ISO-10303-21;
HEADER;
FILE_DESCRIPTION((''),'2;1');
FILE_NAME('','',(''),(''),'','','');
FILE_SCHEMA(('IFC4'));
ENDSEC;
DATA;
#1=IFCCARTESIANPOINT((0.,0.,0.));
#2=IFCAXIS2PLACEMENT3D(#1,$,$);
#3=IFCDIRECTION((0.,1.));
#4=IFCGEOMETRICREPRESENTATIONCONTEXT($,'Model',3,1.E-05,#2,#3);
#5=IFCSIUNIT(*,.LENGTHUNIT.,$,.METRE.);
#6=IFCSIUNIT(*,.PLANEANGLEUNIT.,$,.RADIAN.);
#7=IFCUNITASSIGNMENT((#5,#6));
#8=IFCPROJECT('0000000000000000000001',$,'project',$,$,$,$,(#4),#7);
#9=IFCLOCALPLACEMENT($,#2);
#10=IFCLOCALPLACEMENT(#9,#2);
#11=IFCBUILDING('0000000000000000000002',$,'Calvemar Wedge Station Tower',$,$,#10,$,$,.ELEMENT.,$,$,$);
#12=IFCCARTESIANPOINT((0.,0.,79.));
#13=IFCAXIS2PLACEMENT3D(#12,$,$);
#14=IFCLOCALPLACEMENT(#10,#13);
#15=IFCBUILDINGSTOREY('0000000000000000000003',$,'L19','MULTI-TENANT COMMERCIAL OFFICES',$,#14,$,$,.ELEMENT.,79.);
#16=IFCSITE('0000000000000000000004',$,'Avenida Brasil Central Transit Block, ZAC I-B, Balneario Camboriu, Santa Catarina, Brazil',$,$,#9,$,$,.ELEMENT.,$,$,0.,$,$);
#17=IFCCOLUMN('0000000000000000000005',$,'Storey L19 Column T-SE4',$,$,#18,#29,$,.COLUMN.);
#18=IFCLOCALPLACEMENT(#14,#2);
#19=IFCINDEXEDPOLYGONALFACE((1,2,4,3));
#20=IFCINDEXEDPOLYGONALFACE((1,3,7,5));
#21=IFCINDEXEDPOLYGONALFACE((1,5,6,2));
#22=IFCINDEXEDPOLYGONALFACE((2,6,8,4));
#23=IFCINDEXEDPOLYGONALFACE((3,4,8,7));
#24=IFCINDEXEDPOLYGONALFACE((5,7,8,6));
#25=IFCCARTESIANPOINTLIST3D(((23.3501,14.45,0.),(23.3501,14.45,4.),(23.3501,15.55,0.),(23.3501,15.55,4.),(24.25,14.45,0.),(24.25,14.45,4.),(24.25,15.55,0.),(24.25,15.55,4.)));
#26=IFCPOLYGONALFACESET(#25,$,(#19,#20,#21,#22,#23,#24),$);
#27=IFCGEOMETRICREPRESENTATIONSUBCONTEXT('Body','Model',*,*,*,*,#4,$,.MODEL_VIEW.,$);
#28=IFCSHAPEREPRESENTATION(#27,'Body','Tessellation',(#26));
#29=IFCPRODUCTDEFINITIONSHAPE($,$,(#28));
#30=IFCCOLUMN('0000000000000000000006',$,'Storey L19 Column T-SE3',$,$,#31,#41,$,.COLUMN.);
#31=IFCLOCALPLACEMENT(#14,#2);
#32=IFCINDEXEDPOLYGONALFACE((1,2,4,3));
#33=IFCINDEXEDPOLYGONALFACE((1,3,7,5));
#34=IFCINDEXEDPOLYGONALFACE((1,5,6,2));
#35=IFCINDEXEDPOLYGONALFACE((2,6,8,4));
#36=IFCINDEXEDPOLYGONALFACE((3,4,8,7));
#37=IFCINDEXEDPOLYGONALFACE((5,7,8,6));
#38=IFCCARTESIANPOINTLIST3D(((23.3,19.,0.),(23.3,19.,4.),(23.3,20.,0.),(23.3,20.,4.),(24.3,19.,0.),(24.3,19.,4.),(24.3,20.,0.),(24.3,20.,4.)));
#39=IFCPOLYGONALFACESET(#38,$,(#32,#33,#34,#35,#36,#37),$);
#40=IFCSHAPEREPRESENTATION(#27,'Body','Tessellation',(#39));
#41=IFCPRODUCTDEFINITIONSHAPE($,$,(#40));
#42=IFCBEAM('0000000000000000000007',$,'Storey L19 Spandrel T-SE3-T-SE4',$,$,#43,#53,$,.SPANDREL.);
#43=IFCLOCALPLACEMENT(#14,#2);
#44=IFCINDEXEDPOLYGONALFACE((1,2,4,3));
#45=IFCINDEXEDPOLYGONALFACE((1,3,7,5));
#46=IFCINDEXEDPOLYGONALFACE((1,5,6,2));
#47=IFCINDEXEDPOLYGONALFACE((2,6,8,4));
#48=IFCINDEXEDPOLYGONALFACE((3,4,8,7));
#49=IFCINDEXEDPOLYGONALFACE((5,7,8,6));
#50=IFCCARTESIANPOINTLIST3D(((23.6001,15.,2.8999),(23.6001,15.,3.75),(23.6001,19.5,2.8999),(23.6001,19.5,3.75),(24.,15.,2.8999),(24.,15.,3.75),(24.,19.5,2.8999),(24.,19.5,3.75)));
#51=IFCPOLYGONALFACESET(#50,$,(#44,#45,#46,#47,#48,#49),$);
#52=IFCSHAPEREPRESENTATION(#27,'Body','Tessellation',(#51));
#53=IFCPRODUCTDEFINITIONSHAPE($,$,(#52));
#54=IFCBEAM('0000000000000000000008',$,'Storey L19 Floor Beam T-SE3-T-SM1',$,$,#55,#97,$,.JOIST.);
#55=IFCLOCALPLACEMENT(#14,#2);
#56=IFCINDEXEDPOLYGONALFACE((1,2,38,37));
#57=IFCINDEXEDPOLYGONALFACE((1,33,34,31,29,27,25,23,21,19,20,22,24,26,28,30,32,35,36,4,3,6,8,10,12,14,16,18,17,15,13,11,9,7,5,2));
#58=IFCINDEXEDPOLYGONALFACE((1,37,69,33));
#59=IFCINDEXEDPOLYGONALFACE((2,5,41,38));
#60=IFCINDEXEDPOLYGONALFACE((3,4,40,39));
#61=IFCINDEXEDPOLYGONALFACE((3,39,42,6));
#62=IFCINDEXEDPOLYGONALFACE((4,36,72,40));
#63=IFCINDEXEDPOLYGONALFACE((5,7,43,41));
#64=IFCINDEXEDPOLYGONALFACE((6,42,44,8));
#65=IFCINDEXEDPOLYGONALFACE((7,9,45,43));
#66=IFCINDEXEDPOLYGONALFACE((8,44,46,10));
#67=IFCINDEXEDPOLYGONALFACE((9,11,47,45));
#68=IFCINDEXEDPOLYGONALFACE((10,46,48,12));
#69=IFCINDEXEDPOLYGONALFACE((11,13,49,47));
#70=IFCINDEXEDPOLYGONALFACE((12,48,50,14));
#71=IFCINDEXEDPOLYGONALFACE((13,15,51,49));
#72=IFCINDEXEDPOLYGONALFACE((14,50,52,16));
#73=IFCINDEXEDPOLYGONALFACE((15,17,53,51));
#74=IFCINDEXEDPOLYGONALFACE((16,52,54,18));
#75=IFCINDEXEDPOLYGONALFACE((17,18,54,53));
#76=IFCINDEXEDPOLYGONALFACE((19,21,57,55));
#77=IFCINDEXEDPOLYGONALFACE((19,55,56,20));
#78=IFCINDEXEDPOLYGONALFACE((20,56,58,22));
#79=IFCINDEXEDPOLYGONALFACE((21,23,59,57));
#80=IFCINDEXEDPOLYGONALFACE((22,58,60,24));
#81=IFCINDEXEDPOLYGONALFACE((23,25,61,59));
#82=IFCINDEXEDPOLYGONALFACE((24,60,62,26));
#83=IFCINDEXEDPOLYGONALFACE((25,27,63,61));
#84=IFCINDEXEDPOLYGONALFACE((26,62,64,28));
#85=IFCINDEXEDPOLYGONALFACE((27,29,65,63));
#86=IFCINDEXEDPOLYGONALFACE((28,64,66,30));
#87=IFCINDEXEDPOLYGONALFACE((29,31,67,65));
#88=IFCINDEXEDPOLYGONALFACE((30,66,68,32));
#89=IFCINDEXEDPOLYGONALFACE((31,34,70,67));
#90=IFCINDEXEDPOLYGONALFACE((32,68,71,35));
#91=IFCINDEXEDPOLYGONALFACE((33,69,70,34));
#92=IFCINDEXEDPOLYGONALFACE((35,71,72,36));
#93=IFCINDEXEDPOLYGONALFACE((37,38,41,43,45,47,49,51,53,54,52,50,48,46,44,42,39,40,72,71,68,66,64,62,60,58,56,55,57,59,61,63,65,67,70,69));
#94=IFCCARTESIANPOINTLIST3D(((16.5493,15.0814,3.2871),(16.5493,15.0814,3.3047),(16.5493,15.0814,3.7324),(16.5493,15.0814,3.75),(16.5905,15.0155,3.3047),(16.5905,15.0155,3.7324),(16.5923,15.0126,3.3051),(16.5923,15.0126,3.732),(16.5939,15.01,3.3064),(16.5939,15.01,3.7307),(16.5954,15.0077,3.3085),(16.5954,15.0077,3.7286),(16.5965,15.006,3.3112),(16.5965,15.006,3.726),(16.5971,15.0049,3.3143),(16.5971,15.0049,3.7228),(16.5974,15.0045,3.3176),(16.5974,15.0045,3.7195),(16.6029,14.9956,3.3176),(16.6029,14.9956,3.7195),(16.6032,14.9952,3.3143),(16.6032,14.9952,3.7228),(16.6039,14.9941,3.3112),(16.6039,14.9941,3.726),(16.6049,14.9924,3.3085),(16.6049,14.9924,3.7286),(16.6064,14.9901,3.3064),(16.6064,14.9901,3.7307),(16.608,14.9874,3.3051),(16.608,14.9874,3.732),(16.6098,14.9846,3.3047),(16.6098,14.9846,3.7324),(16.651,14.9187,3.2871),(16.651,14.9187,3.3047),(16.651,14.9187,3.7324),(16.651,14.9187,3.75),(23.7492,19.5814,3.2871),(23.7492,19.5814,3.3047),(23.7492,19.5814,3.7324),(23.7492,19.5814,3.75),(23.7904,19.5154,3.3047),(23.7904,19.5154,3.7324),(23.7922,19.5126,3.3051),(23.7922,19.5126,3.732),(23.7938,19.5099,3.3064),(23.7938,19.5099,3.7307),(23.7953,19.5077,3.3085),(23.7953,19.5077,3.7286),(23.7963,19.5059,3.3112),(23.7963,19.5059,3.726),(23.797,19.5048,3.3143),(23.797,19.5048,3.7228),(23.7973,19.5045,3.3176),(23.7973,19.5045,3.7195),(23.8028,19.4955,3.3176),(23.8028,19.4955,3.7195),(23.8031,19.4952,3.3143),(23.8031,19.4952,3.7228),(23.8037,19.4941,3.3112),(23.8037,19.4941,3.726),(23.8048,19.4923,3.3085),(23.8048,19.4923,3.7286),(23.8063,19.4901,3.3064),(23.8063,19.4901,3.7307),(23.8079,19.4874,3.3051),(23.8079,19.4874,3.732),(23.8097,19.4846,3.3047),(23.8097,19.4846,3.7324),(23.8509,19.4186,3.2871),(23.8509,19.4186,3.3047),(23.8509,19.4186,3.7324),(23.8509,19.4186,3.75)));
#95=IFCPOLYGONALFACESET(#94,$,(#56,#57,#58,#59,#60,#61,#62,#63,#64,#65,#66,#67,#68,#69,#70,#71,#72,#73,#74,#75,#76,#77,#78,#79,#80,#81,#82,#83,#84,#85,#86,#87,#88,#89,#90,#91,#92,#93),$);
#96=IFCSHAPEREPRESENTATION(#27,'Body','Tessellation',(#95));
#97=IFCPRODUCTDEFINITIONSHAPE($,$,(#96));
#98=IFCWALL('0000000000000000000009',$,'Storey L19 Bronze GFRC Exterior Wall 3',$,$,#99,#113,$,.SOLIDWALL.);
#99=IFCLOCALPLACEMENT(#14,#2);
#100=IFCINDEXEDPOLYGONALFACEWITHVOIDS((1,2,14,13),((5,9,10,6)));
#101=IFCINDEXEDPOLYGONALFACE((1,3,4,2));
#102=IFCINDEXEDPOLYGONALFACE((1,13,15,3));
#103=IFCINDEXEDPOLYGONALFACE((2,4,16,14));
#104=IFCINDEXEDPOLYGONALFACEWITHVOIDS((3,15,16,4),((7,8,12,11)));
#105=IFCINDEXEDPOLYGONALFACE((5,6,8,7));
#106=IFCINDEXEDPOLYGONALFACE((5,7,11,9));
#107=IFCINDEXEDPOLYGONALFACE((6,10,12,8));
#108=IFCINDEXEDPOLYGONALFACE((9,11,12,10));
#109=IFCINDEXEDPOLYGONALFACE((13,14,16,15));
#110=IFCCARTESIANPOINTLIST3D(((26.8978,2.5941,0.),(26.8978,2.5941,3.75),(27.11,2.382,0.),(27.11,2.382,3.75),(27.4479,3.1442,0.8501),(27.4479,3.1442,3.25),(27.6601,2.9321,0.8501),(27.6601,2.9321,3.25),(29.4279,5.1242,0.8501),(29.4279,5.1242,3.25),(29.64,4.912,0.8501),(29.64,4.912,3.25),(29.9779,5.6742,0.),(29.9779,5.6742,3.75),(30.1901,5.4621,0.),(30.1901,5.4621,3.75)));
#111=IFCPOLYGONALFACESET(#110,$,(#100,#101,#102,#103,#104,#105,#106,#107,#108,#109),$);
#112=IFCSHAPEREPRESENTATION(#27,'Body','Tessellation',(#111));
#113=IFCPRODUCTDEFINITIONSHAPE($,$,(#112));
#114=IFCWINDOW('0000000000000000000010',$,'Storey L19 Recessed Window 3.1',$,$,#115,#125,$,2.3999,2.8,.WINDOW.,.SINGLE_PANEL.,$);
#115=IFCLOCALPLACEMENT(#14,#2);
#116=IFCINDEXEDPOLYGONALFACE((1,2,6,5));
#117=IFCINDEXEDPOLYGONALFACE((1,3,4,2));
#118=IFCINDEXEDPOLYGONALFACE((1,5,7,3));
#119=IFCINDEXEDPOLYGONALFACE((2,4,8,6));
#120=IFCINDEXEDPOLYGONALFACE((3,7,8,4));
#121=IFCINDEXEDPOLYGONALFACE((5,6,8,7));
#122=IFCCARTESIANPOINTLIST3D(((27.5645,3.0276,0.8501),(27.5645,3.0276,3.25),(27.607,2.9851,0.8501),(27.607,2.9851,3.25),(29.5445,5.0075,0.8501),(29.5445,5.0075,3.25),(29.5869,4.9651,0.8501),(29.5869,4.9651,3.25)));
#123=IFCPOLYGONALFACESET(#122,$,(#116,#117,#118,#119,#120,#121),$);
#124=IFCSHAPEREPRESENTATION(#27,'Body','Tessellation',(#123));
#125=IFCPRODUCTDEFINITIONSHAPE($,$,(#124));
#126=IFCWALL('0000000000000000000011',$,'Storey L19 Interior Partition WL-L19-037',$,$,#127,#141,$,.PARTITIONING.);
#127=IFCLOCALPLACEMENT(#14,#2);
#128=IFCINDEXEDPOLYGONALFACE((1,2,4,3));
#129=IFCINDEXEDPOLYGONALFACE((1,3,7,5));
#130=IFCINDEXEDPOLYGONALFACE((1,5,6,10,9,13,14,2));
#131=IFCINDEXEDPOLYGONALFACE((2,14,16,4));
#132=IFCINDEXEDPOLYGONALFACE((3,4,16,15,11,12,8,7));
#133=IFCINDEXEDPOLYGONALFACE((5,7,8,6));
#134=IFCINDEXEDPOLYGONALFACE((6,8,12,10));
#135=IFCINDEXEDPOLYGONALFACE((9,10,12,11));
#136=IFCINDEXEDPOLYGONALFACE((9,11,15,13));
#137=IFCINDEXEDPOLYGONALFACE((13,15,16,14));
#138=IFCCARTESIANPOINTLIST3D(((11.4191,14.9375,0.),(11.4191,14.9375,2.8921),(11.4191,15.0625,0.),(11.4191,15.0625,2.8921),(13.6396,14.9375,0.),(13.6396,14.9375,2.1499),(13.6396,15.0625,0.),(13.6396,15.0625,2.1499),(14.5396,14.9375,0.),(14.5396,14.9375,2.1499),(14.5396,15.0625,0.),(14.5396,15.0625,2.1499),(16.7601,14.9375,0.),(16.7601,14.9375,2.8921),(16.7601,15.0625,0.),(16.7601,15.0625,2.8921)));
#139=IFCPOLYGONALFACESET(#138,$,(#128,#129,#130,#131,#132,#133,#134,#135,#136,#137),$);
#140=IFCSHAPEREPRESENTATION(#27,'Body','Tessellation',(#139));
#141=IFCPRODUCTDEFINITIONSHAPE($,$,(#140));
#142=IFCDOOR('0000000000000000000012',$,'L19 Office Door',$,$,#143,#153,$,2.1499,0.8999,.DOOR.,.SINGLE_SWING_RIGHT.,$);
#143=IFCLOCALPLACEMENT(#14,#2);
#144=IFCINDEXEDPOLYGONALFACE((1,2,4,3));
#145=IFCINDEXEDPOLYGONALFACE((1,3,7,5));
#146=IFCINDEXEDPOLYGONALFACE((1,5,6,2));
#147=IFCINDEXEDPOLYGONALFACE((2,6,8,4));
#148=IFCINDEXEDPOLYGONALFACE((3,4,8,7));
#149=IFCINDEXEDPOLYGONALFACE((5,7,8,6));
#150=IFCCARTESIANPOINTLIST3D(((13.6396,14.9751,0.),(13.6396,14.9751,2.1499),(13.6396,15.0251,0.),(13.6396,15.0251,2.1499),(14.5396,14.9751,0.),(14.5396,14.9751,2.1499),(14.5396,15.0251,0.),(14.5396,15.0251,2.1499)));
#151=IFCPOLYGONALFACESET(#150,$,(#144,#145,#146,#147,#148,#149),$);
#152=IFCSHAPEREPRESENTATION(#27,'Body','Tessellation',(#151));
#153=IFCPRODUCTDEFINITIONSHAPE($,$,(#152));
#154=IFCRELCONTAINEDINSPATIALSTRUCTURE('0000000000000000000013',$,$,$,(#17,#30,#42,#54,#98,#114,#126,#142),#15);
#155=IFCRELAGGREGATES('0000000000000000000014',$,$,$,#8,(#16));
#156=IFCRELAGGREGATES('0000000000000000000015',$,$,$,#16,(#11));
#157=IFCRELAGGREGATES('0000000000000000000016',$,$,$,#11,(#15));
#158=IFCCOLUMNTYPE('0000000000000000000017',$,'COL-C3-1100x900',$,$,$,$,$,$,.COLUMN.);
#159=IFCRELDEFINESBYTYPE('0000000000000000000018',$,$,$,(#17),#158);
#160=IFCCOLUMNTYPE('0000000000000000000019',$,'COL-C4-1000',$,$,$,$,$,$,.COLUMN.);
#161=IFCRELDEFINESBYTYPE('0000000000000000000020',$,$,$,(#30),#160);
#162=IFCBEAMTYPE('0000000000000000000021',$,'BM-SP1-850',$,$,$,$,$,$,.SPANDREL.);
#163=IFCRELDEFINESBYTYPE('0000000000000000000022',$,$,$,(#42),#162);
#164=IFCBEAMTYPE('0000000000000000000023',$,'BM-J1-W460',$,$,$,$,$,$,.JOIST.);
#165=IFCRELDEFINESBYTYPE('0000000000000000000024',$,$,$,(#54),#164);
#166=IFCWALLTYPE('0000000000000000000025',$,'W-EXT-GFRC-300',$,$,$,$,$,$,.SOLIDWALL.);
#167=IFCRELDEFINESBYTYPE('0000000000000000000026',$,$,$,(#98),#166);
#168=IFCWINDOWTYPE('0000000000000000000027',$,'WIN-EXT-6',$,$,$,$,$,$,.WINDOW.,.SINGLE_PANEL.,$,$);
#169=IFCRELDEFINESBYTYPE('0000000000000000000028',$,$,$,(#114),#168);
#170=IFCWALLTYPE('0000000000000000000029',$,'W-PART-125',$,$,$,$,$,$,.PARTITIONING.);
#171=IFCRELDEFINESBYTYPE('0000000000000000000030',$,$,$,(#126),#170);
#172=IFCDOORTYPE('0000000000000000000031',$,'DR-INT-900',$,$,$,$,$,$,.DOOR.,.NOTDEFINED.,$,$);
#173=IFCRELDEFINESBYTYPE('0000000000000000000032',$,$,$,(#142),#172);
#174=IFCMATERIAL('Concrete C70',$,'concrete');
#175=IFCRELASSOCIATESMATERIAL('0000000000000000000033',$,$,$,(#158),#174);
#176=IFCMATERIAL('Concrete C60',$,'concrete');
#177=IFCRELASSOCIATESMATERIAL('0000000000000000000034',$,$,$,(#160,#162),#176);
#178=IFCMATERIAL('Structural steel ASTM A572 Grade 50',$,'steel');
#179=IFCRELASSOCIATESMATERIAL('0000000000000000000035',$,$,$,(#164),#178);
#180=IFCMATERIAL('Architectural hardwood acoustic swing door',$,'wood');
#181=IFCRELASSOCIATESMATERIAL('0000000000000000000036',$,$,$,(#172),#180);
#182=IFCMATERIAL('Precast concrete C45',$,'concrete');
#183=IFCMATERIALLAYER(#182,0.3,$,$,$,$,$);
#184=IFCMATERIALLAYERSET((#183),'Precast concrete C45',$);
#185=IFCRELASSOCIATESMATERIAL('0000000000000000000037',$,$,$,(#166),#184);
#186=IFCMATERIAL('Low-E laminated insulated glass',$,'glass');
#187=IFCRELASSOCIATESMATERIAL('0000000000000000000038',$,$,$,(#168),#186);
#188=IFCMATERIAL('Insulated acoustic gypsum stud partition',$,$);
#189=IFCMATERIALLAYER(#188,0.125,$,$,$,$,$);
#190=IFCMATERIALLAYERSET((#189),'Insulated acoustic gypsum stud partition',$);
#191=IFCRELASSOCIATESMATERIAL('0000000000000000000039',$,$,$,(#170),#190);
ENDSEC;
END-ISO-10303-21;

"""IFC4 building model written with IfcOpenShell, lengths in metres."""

from ifc_helpers import new_model, si_unit, direction, frame, frame_2d, origin, origin_2d, place, context, subcontext, project, spatial, rectangle, i_section, extrude, source, transform, mapped, material, layer, layer_set, material_profile, profile_set, type_object, element, fill, save


model = new_model("IFC4")

# Units and contexts
model_context = context("Model", 3, precision=1e-05, world=origin(), true_north=direction((0.0, 1.0)))
body_context = subcontext(model_context, "Body", "Model", "MODEL_VIEW")
ifc_project = project(units=[si_unit("LENGTHUNIT", "METRE"), si_unit("PLANEANGLEUNIT", "RADIAN")], contexts=[model_context])

# Site, building, storey
site_placement = place(None, origin())
site = spatial("IfcSite", under=ifc_project, at=site_placement, Name="Avenida Brasil Central Transit Block, ZAC I-B, Balneario Camboriu, Santa Catarina, Brazil", CompositionType="ELEMENT", RefElevation=0.0)
building_placement = place(site_placement, origin())
building = spatial("IfcBuilding", under=site, at=building_placement, Name="Calvemar Wedge Station Tower", CompositionType="ELEMENT")
storey_placement = place(building_placement, frame((0.0, 0.0, 79.0)))
storey = spatial("IfcBuildingStorey", under=building, at=storey_placement, Name="L19", Description="MULTI-TENANT COMMERCIAL OFFICES", CompositionType="ELEMENT", Elevation=79.0)

# Columns
ifc_material_1 = material(Name="Concrete C70", Category="concrete")
ifc_material_profile_1 = material_profile(ifc_material_1, rectangle(XDim=0.8999, YDim=1.1001, at=origin_2d()), Name="RC1100x900")
ifc_profile_set_1 = profile_set([ifc_material_profile_1], Name="Concrete C70")
column_type_1 = type_object("IfcColumnType", Name="COL-C3-1100x900", PredefinedType="COLUMN", material=ifc_profile_set_1)
shared_shape_1 = source(origin(), body_context, "Body", "SweptSolid", [
    extrude(rectangle(XDim=0.8999, YDim=1.1001, at=origin_2d()), origin(), (0.0, 0.0, 1.0), 4.0),
])
column_1_placement = place(storey_placement, frame((23.8, 15.0, 0.0), z_axis=(0.0, 0.0, 1.0), x_axis=(1.0, 0.0, 0.0)))
element("IfcColumn", 1, at=column_1_placement, inside=storey, type_object=column_type_1, Name="Storey L19 Column T-SE4", PredefinedType="COLUMN", context=body_context, shape_type="MappedRepresentation", body=[
    mapped(shared_shape_1, transform((0.0, 0.0, 0.0), scale=1.0)),
])
ifc_material_2 = material(Name="Concrete C60", Category="concrete")
ifc_material_profile_2 = material_profile(ifc_material_2, rectangle(XDim=1.0, YDim=1.0, at=origin_2d()), Name="RC1000x1000")
ifc_profile_set_2 = profile_set([ifc_material_profile_2], Name="Concrete C60")
column_type_2 = type_object("IfcColumnType", Name="COL-C4-1000", PredefinedType="COLUMN", material=ifc_profile_set_2)
shared_shape_2 = source(origin(), body_context, "Body", "SweptSolid", [
    extrude(rectangle(XDim=1.0, YDim=1.0, at=origin_2d()), origin(), (0.0, 0.0, 1.0), 4.0),
])
column_2_placement = place(storey_placement, frame((23.8, 19.5, 0.0), z_axis=(0.0, 0.0, 1.0), x_axis=(1.0, 0.0, 0.0)))
element("IfcColumn", 2, at=column_2_placement, inside=storey, type_object=column_type_2, Name="Storey L19 Column T-SE3", PredefinedType="COLUMN", context=body_context, shape_type="MappedRepresentation", body=[
    mapped(shared_shape_2, transform((0.0, 0.0, 0.0), scale=1.0)),
])

# Beams
ifc_material_profile_3 = material_profile(ifc_material_2, rectangle(XDim=0.3999, YDim=0.8501, at=origin_2d()), Name="RC400x850")
ifc_profile_set_3 = profile_set([ifc_material_profile_3], Name="Concrete C60")
beam_type_1 = type_object("IfcBeamType", Name="BM-SP1-850", PredefinedType="SPANDREL", material=ifc_profile_set_3)
shared_shape_3 = source(origin(), body_context, "Body", "SweptSolid", [
    extrude(rectangle(XDim=0.3999, YDim=0.8501, at=origin_2d()), origin(), (0.0, 0.0, 1.0), 4.5),
])
beam_1_placement = place(storey_placement, frame((23.8, 19.5, 3.325), z_axis=(0.0, -1.0, 0.0), x_axis=(1.0, 0.0, 0.0)))
element("IfcBeam", 3, at=beam_1_placement, inside=storey, type_object=beam_type_1, Name="Storey L19 Spandrel T-SE3-T-SE4", PredefinedType="SPANDREL", context=body_context, shape_type="MappedRepresentation", body=[
    mapped(shared_shape_3, transform((0.0, 0.0, 0.0), scale=1.0)),
])
ifc_material_3 = material(Name="Structural steel ASTM A572 Grade 50", Category="steel")
ifc_material_profile_4 = material_profile(ifc_material_3, i_section(OverallWidth=0.1919, OverallDepth=0.4629, WebThickness=0.0105, FlangeThickness=0.0176, FilletRadius=0.0129, at=origin_2d()), Name="W460x89")
ifc_profile_set_4 = profile_set([ifc_material_profile_4], Name="Structural steel ASTM A572 Grade 50")
beam_type_2 = type_object("IfcBeamType", Name="BM-J1-W460", PredefinedType="JOIST", material=ifc_profile_set_4)
shared_shape_4 = source(origin(), body_context, "Body", "SweptSolid", [
    extrude(i_section(OverallWidth=0.1919, OverallDepth=0.4629, WebThickness=0.0105, FlangeThickness=0.0176, FilletRadius=0.0129, at=origin_2d()), origin(), (0.0, 0.0, 1.0), 8.4905),
])
beam_2_placement = place(storey_placement, frame((23.8, 19.5, 3.5186), z_axis=(-0.847997, -0.530002, 0.0), x_axis=(0.530002, -0.847997, 0.0)))
element("IfcBeam", 4, at=beam_2_placement, inside=storey, type_object=beam_type_2, Name="Storey L19 Floor Beam T-SE3-T-SM1", PredefinedType="JOIST", context=body_context, shape_type="MappedRepresentation", body=[
    mapped(shared_shape_4, transform((0.0, 0.0, 0.0), scale=1.0)),
])

# Shared definitions
ifc_material_4 = material(Name="Architectural hardwood acoustic swing door", Category="wood")
door_type = type_object("IfcDoorType", Name="DR-INT-900", OperationType="NOTDEFINED", PredefinedType="DOOR", material=ifc_material_4)
shared_shape_5 = source(origin(), body_context, "Body", "SweptSolid", [
    extrude(rectangle(XDim=0.8999, YDim=2.1499, at=frame_2d((0.45, 1.075))), frame((0.0, 0.0249, 0.0), z_axis=(0.0, -1.0, 0.0), x_axis=(1.0, 0.0, 0.0)), (0.0, 0.0, 1.0), 0.05),
])

# Wall, opening, window
ifc_material_5 = material(Name="Precast concrete C45", Category="concrete")
ifc_layer_1 = layer(ifc_material_5, 0.3)
ifc_layer_set_1 = layer_set([ifc_layer_1], Name="Precast concrete C45")
wall_type_1 = type_object("IfcWallType", Name="W-EXT-GFRC-300", PredefinedType="SOLIDWALL", material=ifc_layer_set_1)
wall_1_placement = place(storey_placement, frame((27.0039, 2.488, 0.0), z_axis=(0.0, 0.0, 1.0), x_axis=(0.707107, 0.707107, 0.0)))
wall_1 = element("IfcWall", 5, at=wall_1_placement, inside=storey, type_object=wall_type_1, Name="Storey L19 Bronze GFRC Exterior Wall 3", PredefinedType="SOLIDWALL", context=body_context, shape_type="SweptSolid", body=[
    extrude(rectangle(XDim=4.356, YDim=0.3, at=frame_2d((2.178, 0.0))), origin(), (0.0, 0.0, 1.0), 3.75),
])
shared_shape_6 = source(origin(), body_context, "Body", "SweptSolid", [
    extrude(rectangle(XDim=2.8, YDim=2.3999, at=frame_2d((1.3999, 1.2))), frame((0.0, 0.1602, 0.0), z_axis=(0.0, -1.0, 0.0), x_axis=(1.0, 0.0, 0.0)), (0.0, 0.0, 1.0), 0.3201),
])
opening_1_placement = place(wall_1_placement, frame((0.7781, 0.0, 0.8501)))
opening_1 = element("IfcOpeningElement", 6, at=opening_1_placement, cuts=wall_1, PredefinedType="OPENING", context=body_context, shape_type="MappedRepresentation", body=[
    mapped(shared_shape_6, transform((0.0, 0.0, 0.0), scale=1.0)),
])
ifc_material_6 = material(Name="Low-E laminated insulated glass", Category="glass")
window_type = type_object("IfcWindowType", Name="WIN-EXT-6", PartitioningType="SINGLE_PANEL", PredefinedType="WINDOW", material=ifc_material_6)
shared_shape_7 = source(origin(), body_context, "Body", "SweptSolid", [
    extrude(rectangle(XDim=2.8, YDim=2.3999, at=frame_2d((1.3999, 1.2))), frame((0.0, -0.0149, 0.0), z_axis=(0.0, -1.0, 0.0), x_axis=(1.0, 0.0, 0.0)), (0.0, 0.0, 1.0), 0.0601),
])
window_placement = place(opening_1_placement, origin())
window = element("IfcWindow", 7, at=window_placement, inside=storey, type_object=window_type, Name="Storey L19 Recessed Window 3.1", OverallHeight=2.3999, OverallWidth=2.8, PartitioningType="SINGLE_PANEL", PredefinedType="WINDOW", context=body_context, shape_type="MappedRepresentation", body=[
    mapped(shared_shape_7, transform((0.0, 0.0, 0.0), scale=1.0)),
])
fill(opening_1, window)

# Wall, opening, door
ifc_material_7 = material(Name="Insulated acoustic gypsum stud partition")
ifc_layer_2 = layer(ifc_material_7, 0.125)
ifc_layer_set_2 = layer_set([ifc_layer_2], Name="Insulated acoustic gypsum stud partition")
wall_type_2 = type_object("IfcWallType", Name="W-PART-125", PredefinedType="PARTITIONING", material=ifc_layer_set_2)
wall_2_placement = place(storey_placement, frame((16.76, 15.0, 0.0), z_axis=(0.0, 0.0, 1.0), x_axis=(-1.0, 0.0, 0.0)))
wall_2 = element("IfcWall", 8, at=wall_2_placement, inside=storey, type_object=wall_type_2, Name="Storey L19 Interior Partition WL-L19-037", PredefinedType="PARTITIONING", context=body_context, shape_type="SweptSolid", body=[
    extrude(rectangle(XDim=5.3411, YDim=0.125, at=frame_2d((2.6704, 0.0))), origin(), (0.0, 0.0, 1.0), 2.8921),
])
shared_shape_8 = source(origin(), body_context, "Body", "SweptSolid", [
    extrude(rectangle(XDim=0.8999, YDim=2.1499, at=frame_2d((0.45, 1.075))), frame((0.0, 0.0725, 0.0), z_axis=(0.0, -1.0, 0.0), x_axis=(1.0, 0.0, 0.0)), (0.0, 0.0, 1.0), 0.145),
])
opening_2_placement = place(wall_2_placement, frame((2.2205, 0.0, 0.0)))
opening_2 = element("IfcOpeningElement", 9, at=opening_2_placement, cuts=wall_2, PredefinedType="OPENING", context=body_context, shape_type="MappedRepresentation", body=[
    mapped(shared_shape_8, transform((0.0, 0.0, 0.0), scale=1.0)),
])
door_1_placement = place(opening_2_placement, origin())
door_1 = element("IfcDoor", 10, at=door_1_placement, inside=storey, type_object=door_type, Name="L19 Office Door", OperationType="SINGLE_SWING_RIGHT", OverallHeight=2.1499, OverallWidth=0.8999, PredefinedType="DOOR", context=body_context, shape_type="MappedRepresentation", body=[
    mapped(shared_shape_5, transform((0.0, 0.0, 0.0), scale=1.0)),
])
fill(opening_2, door_1)

save(model, "model.ifc")
